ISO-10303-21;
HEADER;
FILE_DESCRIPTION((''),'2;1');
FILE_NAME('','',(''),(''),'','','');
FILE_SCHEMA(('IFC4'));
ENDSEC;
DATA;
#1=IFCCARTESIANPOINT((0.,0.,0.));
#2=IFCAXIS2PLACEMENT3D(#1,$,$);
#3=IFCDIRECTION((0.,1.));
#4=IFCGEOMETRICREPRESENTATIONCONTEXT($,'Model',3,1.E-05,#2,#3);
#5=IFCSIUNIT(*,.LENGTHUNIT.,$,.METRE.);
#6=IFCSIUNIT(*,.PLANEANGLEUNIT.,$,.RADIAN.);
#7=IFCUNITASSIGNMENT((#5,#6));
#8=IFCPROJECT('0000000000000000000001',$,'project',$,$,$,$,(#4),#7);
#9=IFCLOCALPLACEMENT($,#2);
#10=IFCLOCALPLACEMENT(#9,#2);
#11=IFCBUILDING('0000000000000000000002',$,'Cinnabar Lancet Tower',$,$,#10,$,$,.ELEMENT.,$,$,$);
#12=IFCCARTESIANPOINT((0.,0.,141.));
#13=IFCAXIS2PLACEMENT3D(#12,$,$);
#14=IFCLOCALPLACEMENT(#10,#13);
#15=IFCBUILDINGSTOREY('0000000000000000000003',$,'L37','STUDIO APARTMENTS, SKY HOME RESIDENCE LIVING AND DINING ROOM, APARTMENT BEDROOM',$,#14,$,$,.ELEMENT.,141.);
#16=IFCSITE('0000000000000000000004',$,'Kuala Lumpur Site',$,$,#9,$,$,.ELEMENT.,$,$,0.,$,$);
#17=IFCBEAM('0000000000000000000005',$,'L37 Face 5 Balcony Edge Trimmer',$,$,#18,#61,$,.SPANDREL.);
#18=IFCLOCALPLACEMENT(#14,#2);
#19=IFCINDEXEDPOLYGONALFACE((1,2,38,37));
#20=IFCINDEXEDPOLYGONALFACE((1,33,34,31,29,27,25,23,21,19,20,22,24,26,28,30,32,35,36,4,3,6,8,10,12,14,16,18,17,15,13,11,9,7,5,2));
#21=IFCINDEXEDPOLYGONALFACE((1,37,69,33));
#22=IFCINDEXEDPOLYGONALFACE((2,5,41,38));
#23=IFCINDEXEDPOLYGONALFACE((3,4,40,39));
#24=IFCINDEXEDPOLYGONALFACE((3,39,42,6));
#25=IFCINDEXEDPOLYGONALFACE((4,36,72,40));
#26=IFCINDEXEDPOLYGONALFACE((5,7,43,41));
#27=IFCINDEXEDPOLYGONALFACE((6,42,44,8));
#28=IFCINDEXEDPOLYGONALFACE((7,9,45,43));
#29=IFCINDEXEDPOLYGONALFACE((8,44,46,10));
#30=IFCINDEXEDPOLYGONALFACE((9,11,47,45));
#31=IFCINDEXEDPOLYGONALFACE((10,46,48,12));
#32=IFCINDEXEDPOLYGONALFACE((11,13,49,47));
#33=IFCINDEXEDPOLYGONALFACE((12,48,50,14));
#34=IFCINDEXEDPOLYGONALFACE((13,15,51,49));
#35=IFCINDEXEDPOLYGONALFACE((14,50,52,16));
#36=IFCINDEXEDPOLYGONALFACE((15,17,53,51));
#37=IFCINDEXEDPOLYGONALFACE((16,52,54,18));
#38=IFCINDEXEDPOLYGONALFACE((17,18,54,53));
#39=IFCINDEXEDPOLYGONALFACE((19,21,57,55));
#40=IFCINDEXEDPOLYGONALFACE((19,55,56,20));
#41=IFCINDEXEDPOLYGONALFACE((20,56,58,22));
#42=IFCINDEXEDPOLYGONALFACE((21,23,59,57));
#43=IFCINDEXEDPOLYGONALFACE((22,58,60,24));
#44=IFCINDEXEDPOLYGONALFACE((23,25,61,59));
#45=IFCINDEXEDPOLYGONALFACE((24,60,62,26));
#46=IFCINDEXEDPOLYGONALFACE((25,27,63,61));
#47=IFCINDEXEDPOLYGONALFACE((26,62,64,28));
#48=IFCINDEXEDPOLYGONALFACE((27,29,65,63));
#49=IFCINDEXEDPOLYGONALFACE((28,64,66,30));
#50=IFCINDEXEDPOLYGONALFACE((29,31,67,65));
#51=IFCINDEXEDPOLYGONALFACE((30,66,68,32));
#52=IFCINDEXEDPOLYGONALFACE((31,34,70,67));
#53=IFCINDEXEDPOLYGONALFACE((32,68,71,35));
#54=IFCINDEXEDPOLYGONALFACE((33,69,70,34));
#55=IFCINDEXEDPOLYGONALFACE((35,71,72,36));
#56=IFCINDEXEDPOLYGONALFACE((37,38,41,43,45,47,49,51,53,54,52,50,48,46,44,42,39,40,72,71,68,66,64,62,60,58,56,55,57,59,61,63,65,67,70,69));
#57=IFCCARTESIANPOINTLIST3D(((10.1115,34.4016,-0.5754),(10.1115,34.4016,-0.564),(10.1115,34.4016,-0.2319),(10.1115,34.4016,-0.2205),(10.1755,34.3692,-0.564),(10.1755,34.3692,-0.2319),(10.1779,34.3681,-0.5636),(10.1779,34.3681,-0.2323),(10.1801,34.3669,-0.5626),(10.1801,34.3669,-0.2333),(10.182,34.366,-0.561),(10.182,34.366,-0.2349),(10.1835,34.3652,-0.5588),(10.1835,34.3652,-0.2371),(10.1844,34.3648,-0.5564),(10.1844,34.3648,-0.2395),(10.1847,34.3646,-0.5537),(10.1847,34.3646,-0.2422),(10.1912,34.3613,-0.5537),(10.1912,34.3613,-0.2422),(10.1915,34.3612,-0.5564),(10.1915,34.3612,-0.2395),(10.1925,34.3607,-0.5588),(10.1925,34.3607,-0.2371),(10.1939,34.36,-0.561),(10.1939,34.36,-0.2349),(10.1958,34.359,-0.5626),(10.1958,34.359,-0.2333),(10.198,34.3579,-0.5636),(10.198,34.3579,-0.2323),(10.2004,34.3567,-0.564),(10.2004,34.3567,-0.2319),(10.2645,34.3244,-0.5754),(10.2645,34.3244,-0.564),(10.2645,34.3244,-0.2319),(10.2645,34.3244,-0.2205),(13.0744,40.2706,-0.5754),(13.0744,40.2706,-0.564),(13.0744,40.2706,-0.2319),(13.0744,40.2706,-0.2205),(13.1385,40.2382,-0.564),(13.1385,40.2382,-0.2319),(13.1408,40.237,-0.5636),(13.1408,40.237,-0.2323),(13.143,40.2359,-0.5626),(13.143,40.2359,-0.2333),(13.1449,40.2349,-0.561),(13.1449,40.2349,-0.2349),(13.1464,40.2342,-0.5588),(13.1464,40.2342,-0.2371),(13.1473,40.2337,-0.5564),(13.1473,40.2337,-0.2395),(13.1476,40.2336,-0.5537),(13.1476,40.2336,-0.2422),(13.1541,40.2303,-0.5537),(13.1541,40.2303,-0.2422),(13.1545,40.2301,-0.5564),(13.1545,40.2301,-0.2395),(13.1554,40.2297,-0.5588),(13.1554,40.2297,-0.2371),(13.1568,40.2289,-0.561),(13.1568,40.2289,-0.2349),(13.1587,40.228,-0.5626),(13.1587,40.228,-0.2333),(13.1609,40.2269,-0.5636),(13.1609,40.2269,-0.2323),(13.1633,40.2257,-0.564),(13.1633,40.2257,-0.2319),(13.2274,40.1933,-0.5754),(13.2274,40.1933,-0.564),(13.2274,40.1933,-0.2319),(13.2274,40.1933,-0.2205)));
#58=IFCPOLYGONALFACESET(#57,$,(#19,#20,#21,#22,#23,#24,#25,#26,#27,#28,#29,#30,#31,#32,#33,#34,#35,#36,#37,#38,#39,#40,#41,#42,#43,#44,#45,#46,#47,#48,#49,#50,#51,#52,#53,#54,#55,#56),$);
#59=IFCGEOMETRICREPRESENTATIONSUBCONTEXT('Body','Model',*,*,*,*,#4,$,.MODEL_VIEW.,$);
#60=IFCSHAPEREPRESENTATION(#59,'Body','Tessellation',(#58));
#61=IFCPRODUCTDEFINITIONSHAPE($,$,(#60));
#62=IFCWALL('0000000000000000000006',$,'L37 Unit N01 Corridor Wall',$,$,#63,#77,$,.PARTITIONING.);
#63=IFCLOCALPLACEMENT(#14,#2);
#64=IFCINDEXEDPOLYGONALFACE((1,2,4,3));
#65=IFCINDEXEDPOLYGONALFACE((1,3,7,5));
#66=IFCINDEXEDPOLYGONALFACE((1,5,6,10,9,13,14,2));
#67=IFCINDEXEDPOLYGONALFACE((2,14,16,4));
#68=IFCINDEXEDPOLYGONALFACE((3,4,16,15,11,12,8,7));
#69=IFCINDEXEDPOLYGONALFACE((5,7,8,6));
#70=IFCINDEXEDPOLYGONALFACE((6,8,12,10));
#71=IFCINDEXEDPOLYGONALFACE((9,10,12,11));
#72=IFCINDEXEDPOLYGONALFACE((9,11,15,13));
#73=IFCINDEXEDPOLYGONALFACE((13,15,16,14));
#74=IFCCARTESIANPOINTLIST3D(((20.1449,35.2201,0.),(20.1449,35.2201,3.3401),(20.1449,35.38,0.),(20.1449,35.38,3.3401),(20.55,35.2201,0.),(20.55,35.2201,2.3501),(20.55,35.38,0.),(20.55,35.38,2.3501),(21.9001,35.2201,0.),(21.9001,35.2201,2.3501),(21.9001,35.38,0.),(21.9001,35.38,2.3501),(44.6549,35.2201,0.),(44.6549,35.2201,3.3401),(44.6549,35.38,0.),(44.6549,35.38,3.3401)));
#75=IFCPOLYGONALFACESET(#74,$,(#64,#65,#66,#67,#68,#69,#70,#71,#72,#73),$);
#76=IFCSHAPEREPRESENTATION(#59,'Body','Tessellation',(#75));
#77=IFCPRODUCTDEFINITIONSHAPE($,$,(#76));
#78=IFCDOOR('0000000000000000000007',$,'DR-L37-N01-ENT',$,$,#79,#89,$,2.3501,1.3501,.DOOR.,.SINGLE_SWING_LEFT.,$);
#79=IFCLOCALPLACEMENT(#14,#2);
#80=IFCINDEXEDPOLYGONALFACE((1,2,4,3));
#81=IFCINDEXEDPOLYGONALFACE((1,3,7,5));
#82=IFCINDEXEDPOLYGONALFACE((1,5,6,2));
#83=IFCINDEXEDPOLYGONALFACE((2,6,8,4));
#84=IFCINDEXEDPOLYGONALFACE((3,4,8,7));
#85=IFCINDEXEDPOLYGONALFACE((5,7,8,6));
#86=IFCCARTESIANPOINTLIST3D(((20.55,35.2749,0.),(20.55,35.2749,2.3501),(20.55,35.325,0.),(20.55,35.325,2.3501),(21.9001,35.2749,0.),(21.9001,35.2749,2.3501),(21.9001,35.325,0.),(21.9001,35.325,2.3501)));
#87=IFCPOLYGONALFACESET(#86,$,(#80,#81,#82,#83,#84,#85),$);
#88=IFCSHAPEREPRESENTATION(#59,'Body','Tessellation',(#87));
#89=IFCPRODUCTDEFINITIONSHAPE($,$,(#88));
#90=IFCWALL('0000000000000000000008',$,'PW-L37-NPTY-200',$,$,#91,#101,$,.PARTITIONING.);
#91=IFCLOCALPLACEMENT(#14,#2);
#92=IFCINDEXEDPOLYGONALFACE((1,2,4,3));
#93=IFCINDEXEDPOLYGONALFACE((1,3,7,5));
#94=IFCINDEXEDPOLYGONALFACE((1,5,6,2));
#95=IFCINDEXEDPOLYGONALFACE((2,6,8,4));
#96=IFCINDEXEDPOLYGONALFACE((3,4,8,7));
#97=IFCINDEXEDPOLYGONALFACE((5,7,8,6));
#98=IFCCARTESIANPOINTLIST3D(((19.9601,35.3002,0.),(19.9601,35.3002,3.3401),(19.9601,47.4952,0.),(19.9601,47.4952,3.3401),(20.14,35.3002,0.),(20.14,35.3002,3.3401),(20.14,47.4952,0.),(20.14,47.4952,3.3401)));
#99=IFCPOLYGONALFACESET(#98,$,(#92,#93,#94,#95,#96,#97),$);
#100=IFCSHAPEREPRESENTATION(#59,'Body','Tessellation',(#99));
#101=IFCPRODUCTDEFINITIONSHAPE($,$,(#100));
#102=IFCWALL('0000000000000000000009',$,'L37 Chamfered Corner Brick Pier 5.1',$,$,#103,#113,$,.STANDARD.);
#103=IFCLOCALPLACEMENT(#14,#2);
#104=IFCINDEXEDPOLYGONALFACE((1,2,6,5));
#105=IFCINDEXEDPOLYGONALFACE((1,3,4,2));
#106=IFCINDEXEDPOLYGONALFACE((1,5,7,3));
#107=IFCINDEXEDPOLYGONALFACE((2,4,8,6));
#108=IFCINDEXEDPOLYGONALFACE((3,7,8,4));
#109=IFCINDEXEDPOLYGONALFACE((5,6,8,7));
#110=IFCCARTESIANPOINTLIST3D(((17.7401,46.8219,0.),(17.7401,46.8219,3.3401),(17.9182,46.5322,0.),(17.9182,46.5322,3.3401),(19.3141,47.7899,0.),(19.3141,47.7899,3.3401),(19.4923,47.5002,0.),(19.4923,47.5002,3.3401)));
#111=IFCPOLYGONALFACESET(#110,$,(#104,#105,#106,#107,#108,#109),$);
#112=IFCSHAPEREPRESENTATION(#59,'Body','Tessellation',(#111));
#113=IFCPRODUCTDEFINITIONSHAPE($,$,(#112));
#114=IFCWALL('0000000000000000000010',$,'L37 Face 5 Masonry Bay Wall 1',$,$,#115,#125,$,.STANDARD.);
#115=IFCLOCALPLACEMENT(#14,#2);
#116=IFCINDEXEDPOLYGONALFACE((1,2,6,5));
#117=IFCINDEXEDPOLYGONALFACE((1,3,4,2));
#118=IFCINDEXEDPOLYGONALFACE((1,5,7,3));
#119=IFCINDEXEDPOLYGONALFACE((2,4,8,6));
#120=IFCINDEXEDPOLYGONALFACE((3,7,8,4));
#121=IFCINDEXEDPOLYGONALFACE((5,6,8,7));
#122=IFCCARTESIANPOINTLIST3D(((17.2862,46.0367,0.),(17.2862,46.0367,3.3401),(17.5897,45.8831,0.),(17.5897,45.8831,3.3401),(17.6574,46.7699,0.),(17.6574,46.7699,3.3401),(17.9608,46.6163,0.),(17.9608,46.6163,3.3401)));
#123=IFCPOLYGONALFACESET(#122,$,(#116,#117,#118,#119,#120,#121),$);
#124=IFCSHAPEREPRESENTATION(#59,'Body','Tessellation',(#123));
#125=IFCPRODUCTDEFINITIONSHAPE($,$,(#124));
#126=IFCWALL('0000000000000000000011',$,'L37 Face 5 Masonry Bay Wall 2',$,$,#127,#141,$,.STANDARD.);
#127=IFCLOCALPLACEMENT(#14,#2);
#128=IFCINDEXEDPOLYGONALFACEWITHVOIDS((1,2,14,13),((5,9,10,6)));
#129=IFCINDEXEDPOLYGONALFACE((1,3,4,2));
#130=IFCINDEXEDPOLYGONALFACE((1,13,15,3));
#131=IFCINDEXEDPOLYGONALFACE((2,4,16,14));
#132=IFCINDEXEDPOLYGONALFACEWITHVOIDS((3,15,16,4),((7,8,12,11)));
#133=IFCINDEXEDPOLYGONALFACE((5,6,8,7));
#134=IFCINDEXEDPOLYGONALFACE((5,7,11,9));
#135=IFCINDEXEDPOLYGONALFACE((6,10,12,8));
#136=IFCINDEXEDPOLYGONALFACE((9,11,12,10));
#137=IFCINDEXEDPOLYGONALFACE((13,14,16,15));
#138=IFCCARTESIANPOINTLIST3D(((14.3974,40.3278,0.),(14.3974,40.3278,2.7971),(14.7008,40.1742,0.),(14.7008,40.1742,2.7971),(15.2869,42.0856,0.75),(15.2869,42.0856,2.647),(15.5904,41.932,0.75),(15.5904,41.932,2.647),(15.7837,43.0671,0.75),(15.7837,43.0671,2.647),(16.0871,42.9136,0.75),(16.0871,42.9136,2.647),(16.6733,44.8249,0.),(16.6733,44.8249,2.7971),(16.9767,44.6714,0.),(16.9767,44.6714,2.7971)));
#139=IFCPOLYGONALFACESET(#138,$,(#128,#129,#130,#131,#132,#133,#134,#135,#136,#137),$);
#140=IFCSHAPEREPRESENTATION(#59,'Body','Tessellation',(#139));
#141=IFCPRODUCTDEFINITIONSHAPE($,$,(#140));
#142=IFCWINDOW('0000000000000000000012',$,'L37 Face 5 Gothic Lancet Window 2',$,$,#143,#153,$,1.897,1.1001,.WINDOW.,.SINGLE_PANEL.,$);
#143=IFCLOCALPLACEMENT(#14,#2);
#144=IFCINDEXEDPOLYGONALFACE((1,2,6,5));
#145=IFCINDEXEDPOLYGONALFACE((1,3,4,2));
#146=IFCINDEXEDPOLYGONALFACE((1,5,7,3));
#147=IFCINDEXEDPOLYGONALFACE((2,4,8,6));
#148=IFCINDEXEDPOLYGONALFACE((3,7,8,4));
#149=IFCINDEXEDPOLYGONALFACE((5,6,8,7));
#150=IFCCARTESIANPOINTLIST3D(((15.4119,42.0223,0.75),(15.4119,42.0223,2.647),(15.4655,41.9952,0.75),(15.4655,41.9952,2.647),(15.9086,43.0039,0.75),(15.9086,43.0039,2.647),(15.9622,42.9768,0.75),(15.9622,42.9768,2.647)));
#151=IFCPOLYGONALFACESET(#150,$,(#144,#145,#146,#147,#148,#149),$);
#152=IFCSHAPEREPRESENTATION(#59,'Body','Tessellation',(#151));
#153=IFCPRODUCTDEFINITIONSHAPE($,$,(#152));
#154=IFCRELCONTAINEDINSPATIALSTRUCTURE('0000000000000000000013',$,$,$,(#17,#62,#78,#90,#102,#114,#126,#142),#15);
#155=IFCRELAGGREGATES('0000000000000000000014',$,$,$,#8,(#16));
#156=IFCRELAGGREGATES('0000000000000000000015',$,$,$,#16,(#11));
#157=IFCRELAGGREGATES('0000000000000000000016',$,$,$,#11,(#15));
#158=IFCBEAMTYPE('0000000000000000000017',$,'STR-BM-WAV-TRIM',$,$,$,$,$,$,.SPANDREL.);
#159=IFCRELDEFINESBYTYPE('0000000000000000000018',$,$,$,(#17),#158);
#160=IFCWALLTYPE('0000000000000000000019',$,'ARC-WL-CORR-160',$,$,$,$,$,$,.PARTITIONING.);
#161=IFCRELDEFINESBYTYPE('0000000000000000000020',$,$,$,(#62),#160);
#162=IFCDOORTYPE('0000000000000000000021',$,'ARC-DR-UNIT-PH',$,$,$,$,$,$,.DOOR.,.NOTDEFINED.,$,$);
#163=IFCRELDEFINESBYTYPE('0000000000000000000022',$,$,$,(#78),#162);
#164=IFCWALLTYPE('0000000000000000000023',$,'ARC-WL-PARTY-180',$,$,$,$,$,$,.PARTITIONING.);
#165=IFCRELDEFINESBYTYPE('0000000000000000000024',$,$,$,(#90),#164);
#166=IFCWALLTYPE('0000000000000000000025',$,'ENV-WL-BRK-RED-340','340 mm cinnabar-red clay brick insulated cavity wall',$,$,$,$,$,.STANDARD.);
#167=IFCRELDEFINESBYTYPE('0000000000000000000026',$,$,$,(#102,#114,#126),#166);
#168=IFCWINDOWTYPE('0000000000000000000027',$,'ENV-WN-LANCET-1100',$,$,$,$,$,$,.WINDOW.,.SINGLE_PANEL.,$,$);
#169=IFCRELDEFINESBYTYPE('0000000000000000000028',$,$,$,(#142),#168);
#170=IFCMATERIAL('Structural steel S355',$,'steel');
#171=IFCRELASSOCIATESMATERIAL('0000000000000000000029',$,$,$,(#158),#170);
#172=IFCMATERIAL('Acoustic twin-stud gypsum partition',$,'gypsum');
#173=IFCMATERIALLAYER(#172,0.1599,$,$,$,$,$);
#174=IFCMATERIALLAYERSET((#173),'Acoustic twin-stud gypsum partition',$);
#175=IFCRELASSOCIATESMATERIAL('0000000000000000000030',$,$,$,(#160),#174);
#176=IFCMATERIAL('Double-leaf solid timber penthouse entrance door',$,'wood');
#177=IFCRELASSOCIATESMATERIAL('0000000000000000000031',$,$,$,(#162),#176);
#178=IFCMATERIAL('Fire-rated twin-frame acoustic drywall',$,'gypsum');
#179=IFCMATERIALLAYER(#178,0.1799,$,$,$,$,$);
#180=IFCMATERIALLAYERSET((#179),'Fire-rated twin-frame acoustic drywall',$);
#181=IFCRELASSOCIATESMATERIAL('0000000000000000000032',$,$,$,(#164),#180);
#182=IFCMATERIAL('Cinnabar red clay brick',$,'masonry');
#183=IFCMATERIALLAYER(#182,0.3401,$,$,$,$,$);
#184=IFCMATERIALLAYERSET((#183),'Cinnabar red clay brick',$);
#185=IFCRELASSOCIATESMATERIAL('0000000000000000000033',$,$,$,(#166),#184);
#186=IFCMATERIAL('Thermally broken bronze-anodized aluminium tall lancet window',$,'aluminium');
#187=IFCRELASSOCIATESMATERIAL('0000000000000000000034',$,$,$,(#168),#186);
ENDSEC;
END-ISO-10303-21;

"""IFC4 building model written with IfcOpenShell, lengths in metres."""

from ifc_helpers import new_model, si_unit, direction, frame, frame_2d, origin, origin_2d, place, context, subcontext, project, spatial, rectangle, i_section, extrude, material, layer, layer_set, material_profile, profile_set, type_object, element, fill, save


model = new_model("IFC4")

# Units and contexts
model_context = context("Model", 3, precision=1e-05, world=origin(), true_north=direction((0.0, 1.0)))
body_context = subcontext(model_context, "Body", "Model", "MODEL_VIEW")
ifc_project = project(units=[si_unit("LENGTHUNIT", "METRE"), si_unit("PLANEANGLEUNIT", "RADIAN")], contexts=[model_context])

# Site, building, storey
site_placement = place(None, origin())
site = spatial("IfcSite", under=ifc_project, at=site_placement, Name="Kuala Lumpur Site", CompositionType="ELEMENT", RefElevation=0.0)
building_placement = place(site_placement, origin())
building = spatial("IfcBuilding", under=site, at=building_placement, Name="Cinnabar Lancet Tower", CompositionType="ELEMENT")
storey_placement = place(building_placement, frame((0.0, 0.0, 141.0)))
storey = spatial("IfcBuildingStorey", under=building, at=storey_placement, Name="L37", Description="STUDIO APARTMENTS, SKY HOME RESIDENCE LIVING AND DINING ROOM, APARTMENT BEDROOM", CompositionType="ELEMENT", Elevation=141.0)

# Beam
ifc_material_1 = material(Name="Structural steel S355", Category="steel")
ifc_material_profile_1 = material_profile(ifc_material_1, i_section(OverallWidth=0.1714, OverallDepth=0.355, WebThickness=0.0073, FlangeThickness=0.0115, FilletRadius=0.0103, at=origin_2d()), Name="UKB 356x171x51")
ifc_profile_set_1 = profile_set([ifc_material_profile_1], Name="Structural steel S355")
beam_type_1 = type_object("IfcBeamType", Name="STR-BM-WAV-TRIM", PredefinedType="SPANDREL", material=ifc_profile_set_1)
beam_1_placement = place(storey_placement, frame((13.1509, 40.2319, -0.3979), z_axis=(-0.450671, -0.89269, 0.0), x_axis=(0.89269, -0.450671, 0.0)))
element("IfcBeam", 1, at=beam_1_placement, inside=storey, type_object=beam_type_1, Name="L37 Face 5 Balcony Edge Trimmer", PredefinedType="SPANDREL", context=body_context, shape_type="SweptSolid", body=[
    extrude(i_section(OverallWidth=0.1714, OverallDepth=0.355, WebThickness=0.0073, FlangeThickness=0.0115, FilletRadius=0.0103, at=origin_2d()), origin(), (0.0, 0.0, 1.0), 6.5745),
])

# Wall, opening, door
ifc_material_2 = material(Name="Acoustic twin-stud gypsum partition", Category="gypsum")
ifc_layer_1 = layer(ifc_material_2, 0.1599)
ifc_layer_set_1 = layer_set([ifc_layer_1], Name="Acoustic twin-stud gypsum partition")
wall_type_1 = type_object("IfcWallType", Name="ARC-WL-CORR-160", PredefinedType="PARTITIONING", material=ifc_layer_set_1)
wall_1_placement = place(storey_placement, frame((20.145, 35.3, 0.0), z_axis=(0.0, 0.0, 1.0), x_axis=(1.0, 0.0, 0.0)))
wall_1 = element("IfcWall", 2, at=wall_1_placement, inside=storey, type_object=wall_type_1, Name="L37 Unit N01 Corridor Wall", PredefinedType="PARTITIONING", context=body_context, shape_type="SweptSolid", body=[
    extrude(rectangle(XDim=24.51, YDim=0.1599, at=frame_2d((12.2549, 0.0))), origin(), (0.0, 0.0, 1.0), 3.3401),
])
opening_1_placement = place(wall_1_placement, frame((0.405, 0.0, 0.0)))
opening_1 = element("IfcOpeningElement", 3, at=opening_1_placement, cuts=wall_1, PredefinedType="OPENING", context=body_context, shape_type="SweptSolid", body=[
    extrude(rectangle(XDim=1.3501, YDim=2.3501, at=frame_2d((0.675, 1.175))), frame((0.0, 0.0898, 0.0), z_axis=(0.0, -1.0, 0.0), x_axis=(1.0, 0.0, 0.0)), (0.0, 0.0, 1.0), 0.1799),
])
ifc_material_3 = material(Name="Double-leaf solid timber penthouse entrance door", Category="wood")
door_type_1 = type_object("IfcDoorType", Name="ARC-DR-UNIT-PH", OperationType="NOTDEFINED", PredefinedType="DOOR", material=ifc_material_3)
door_1_placement = place(opening_1_placement, origin())
door_1 = element("IfcDoor", 4, at=door_1_placement, inside=storey, type_object=door_type_1, Name="DR-L37-N01-ENT", OperationType="SINGLE_SWING_LEFT", OverallHeight=2.3501, OverallWidth=1.3501, PredefinedType="DOOR", context=body_context, shape_type="SweptSolid", body=[
    extrude(rectangle(XDim=1.3501, YDim=2.3501, at=frame_2d((0.675, 1.175))), frame((0.0, 0.0249, 0.0), z_axis=(0.0, -1.0, 0.0), x_axis=(1.0, 0.0, 0.0)), (0.0, 0.0, 1.0), 0.05),
])
fill(opening_1, door_1)

# Walls
ifc_material_4 = material(Name="Fire-rated twin-frame acoustic drywall", Category="gypsum")
ifc_layer_2 = layer(ifc_material_4, 0.1799)
ifc_layer_set_2 = layer_set([ifc_layer_2], Name="Fire-rated twin-frame acoustic drywall")
wall_type_2 = type_object("IfcWallType", Name="ARC-WL-PARTY-180", PredefinedType="PARTITIONING", material=ifc_layer_set_2)
wall_2_placement = place(storey_placement, frame((20.05, 35.3, 0.0), z_axis=(0.0, 0.0, 1.0), x_axis=(0.0, 1.0, 0.0)))
element("IfcWall", 5, at=wall_2_placement, inside=storey, type_object=wall_type_2, Name="PW-L37-NPTY-200", PredefinedType="PARTITIONING", context=body_context, shape_type="SweptSolid", body=[
    extrude(rectangle(XDim=12.1951, YDim=0.1799, at=frame_2d((6.0977, 0.0))), origin(), (0.0, 0.0, 1.0), 3.3401),
])
ifc_material_5 = material(Name="Cinnabar red clay brick", Category="masonry")
ifc_layer_3 = layer(ifc_material_5, 0.3401)
ifc_layer_set_3 = layer_set([ifc_layer_3], Name="Cinnabar red clay brick")
wall_type_3 = type_object("IfcWallType", Name="ENV-WL-BRK-RED-340", Description="340 mm cinnabar-red clay brick insulated cavity wall", PredefinedType="STANDARD", material=ifc_layer_set_3)
wall_3_placement = place(storey_placement, frame((19.4031, 47.645, 0.0), z_axis=(0.0, 0.0, 1.0), x_axis=(-0.851799, -0.523869, 0.0)))
element("IfcWall", 6, at=wall_3_placement, inside=storey, type_object=wall_type_3, Name="L37 Chamfered Corner Brick Pier 5.1", PredefinedType="STANDARD", context=body_context, shape_type="SweptSolid", body=[
    extrude(rectangle(XDim=1.8479, YDim=0.3401, at=frame_2d((0.9238, 0.0))), origin(), (0.0, 0.0, 1.0), 3.3401),
])
wall_4_placement = place(storey_placement, frame((17.8091, 46.6931, 0.0), z_axis=(0.0, 0.0, 1.0), x_axis=(-0.451605, -0.892218, 0.0)))
element("IfcWall", 7, at=wall_4_placement, inside=storey, type_object=wall_type_3, Name="L37 Face 5 Masonry Bay Wall 1", PredefinedType="STANDARD", context=body_context, shape_type="SweptSolid", body=[
    extrude(rectangle(XDim=0.8218, YDim=0.3401, at=frame_2d((0.4109, 0.0))), origin(), (0.0, 0.0, 1.0), 3.3401),
])

# Wall, opening, window
wall_5_placement = place(storey_placement, frame((16.825, 44.748, 0.0), z_axis=(0.0, 0.0, 1.0), x_axis=(-0.451548, -0.892247, 0.0)))
wall_5 = element("IfcWall", 8, at=wall_5_placement, inside=storey, type_object=wall_type_3, Name="L37 Face 5 Masonry Bay Wall 2", PredefinedType="STANDARD", context=body_context, shape_type="SweptSolid", body=[
    extrude(rectangle(XDim=5.0403, YDim=0.3401, at=frame_2d((2.52, 0.0))), origin(), (0.0, 0.0, 1.0), 2.7971),
])
opening_2_placement = place(wall_5_placement, frame((1.97, 0.0, 0.75)))
opening_2 = element("IfcOpeningElement", 9, at=opening_2_placement, cuts=wall_5, PredefinedType="OPENING", context=body_context, shape_type="SweptSolid", body=[
    extrude(rectangle(XDim=1.1001, YDim=1.897, at=frame_2d((0.55, 0.9485))), frame((0.0, 0.1799, 0.0), z_axis=(0.0, -1.0, 0.0), x_axis=(1.0, 0.0, 0.0)), (0.0, 0.0, 1.0), 0.3601),
])
ifc_material_6 = material(Name="Thermally broken bronze-anodized aluminium tall lancet window", Category="aluminium")
window_type = type_object("IfcWindowType", Name="ENV-WN-LANCET-1100", PartitioningType="SINGLE_PANEL", PredefinedType="WINDOW", material=ifc_material_6)
window_placement = place(opening_2_placement, origin())
window = element("IfcWindow", 10, at=window_placement, inside=storey, type_object=window_type, Name="L37 Face 5 Gothic Lancet Window 2", OverallHeight=1.897, OverallWidth=1.1001, PartitioningType="SINGLE_PANEL", PredefinedType="WINDOW", context=body_context, shape_type="SweptSolid", body=[
    extrude(rectangle(XDim=1.1001, YDim=1.897, at=frame_2d((0.55, 0.9485))), frame((0.0, 0.03, 0.0), z_axis=(0.0, -1.0, 0.0), x_axis=(1.0, 0.0, 0.0)), (0.0, 0.0, 1.0), 0.0601),
])
fill(opening_2, window)

save(model, "model.ifc")
